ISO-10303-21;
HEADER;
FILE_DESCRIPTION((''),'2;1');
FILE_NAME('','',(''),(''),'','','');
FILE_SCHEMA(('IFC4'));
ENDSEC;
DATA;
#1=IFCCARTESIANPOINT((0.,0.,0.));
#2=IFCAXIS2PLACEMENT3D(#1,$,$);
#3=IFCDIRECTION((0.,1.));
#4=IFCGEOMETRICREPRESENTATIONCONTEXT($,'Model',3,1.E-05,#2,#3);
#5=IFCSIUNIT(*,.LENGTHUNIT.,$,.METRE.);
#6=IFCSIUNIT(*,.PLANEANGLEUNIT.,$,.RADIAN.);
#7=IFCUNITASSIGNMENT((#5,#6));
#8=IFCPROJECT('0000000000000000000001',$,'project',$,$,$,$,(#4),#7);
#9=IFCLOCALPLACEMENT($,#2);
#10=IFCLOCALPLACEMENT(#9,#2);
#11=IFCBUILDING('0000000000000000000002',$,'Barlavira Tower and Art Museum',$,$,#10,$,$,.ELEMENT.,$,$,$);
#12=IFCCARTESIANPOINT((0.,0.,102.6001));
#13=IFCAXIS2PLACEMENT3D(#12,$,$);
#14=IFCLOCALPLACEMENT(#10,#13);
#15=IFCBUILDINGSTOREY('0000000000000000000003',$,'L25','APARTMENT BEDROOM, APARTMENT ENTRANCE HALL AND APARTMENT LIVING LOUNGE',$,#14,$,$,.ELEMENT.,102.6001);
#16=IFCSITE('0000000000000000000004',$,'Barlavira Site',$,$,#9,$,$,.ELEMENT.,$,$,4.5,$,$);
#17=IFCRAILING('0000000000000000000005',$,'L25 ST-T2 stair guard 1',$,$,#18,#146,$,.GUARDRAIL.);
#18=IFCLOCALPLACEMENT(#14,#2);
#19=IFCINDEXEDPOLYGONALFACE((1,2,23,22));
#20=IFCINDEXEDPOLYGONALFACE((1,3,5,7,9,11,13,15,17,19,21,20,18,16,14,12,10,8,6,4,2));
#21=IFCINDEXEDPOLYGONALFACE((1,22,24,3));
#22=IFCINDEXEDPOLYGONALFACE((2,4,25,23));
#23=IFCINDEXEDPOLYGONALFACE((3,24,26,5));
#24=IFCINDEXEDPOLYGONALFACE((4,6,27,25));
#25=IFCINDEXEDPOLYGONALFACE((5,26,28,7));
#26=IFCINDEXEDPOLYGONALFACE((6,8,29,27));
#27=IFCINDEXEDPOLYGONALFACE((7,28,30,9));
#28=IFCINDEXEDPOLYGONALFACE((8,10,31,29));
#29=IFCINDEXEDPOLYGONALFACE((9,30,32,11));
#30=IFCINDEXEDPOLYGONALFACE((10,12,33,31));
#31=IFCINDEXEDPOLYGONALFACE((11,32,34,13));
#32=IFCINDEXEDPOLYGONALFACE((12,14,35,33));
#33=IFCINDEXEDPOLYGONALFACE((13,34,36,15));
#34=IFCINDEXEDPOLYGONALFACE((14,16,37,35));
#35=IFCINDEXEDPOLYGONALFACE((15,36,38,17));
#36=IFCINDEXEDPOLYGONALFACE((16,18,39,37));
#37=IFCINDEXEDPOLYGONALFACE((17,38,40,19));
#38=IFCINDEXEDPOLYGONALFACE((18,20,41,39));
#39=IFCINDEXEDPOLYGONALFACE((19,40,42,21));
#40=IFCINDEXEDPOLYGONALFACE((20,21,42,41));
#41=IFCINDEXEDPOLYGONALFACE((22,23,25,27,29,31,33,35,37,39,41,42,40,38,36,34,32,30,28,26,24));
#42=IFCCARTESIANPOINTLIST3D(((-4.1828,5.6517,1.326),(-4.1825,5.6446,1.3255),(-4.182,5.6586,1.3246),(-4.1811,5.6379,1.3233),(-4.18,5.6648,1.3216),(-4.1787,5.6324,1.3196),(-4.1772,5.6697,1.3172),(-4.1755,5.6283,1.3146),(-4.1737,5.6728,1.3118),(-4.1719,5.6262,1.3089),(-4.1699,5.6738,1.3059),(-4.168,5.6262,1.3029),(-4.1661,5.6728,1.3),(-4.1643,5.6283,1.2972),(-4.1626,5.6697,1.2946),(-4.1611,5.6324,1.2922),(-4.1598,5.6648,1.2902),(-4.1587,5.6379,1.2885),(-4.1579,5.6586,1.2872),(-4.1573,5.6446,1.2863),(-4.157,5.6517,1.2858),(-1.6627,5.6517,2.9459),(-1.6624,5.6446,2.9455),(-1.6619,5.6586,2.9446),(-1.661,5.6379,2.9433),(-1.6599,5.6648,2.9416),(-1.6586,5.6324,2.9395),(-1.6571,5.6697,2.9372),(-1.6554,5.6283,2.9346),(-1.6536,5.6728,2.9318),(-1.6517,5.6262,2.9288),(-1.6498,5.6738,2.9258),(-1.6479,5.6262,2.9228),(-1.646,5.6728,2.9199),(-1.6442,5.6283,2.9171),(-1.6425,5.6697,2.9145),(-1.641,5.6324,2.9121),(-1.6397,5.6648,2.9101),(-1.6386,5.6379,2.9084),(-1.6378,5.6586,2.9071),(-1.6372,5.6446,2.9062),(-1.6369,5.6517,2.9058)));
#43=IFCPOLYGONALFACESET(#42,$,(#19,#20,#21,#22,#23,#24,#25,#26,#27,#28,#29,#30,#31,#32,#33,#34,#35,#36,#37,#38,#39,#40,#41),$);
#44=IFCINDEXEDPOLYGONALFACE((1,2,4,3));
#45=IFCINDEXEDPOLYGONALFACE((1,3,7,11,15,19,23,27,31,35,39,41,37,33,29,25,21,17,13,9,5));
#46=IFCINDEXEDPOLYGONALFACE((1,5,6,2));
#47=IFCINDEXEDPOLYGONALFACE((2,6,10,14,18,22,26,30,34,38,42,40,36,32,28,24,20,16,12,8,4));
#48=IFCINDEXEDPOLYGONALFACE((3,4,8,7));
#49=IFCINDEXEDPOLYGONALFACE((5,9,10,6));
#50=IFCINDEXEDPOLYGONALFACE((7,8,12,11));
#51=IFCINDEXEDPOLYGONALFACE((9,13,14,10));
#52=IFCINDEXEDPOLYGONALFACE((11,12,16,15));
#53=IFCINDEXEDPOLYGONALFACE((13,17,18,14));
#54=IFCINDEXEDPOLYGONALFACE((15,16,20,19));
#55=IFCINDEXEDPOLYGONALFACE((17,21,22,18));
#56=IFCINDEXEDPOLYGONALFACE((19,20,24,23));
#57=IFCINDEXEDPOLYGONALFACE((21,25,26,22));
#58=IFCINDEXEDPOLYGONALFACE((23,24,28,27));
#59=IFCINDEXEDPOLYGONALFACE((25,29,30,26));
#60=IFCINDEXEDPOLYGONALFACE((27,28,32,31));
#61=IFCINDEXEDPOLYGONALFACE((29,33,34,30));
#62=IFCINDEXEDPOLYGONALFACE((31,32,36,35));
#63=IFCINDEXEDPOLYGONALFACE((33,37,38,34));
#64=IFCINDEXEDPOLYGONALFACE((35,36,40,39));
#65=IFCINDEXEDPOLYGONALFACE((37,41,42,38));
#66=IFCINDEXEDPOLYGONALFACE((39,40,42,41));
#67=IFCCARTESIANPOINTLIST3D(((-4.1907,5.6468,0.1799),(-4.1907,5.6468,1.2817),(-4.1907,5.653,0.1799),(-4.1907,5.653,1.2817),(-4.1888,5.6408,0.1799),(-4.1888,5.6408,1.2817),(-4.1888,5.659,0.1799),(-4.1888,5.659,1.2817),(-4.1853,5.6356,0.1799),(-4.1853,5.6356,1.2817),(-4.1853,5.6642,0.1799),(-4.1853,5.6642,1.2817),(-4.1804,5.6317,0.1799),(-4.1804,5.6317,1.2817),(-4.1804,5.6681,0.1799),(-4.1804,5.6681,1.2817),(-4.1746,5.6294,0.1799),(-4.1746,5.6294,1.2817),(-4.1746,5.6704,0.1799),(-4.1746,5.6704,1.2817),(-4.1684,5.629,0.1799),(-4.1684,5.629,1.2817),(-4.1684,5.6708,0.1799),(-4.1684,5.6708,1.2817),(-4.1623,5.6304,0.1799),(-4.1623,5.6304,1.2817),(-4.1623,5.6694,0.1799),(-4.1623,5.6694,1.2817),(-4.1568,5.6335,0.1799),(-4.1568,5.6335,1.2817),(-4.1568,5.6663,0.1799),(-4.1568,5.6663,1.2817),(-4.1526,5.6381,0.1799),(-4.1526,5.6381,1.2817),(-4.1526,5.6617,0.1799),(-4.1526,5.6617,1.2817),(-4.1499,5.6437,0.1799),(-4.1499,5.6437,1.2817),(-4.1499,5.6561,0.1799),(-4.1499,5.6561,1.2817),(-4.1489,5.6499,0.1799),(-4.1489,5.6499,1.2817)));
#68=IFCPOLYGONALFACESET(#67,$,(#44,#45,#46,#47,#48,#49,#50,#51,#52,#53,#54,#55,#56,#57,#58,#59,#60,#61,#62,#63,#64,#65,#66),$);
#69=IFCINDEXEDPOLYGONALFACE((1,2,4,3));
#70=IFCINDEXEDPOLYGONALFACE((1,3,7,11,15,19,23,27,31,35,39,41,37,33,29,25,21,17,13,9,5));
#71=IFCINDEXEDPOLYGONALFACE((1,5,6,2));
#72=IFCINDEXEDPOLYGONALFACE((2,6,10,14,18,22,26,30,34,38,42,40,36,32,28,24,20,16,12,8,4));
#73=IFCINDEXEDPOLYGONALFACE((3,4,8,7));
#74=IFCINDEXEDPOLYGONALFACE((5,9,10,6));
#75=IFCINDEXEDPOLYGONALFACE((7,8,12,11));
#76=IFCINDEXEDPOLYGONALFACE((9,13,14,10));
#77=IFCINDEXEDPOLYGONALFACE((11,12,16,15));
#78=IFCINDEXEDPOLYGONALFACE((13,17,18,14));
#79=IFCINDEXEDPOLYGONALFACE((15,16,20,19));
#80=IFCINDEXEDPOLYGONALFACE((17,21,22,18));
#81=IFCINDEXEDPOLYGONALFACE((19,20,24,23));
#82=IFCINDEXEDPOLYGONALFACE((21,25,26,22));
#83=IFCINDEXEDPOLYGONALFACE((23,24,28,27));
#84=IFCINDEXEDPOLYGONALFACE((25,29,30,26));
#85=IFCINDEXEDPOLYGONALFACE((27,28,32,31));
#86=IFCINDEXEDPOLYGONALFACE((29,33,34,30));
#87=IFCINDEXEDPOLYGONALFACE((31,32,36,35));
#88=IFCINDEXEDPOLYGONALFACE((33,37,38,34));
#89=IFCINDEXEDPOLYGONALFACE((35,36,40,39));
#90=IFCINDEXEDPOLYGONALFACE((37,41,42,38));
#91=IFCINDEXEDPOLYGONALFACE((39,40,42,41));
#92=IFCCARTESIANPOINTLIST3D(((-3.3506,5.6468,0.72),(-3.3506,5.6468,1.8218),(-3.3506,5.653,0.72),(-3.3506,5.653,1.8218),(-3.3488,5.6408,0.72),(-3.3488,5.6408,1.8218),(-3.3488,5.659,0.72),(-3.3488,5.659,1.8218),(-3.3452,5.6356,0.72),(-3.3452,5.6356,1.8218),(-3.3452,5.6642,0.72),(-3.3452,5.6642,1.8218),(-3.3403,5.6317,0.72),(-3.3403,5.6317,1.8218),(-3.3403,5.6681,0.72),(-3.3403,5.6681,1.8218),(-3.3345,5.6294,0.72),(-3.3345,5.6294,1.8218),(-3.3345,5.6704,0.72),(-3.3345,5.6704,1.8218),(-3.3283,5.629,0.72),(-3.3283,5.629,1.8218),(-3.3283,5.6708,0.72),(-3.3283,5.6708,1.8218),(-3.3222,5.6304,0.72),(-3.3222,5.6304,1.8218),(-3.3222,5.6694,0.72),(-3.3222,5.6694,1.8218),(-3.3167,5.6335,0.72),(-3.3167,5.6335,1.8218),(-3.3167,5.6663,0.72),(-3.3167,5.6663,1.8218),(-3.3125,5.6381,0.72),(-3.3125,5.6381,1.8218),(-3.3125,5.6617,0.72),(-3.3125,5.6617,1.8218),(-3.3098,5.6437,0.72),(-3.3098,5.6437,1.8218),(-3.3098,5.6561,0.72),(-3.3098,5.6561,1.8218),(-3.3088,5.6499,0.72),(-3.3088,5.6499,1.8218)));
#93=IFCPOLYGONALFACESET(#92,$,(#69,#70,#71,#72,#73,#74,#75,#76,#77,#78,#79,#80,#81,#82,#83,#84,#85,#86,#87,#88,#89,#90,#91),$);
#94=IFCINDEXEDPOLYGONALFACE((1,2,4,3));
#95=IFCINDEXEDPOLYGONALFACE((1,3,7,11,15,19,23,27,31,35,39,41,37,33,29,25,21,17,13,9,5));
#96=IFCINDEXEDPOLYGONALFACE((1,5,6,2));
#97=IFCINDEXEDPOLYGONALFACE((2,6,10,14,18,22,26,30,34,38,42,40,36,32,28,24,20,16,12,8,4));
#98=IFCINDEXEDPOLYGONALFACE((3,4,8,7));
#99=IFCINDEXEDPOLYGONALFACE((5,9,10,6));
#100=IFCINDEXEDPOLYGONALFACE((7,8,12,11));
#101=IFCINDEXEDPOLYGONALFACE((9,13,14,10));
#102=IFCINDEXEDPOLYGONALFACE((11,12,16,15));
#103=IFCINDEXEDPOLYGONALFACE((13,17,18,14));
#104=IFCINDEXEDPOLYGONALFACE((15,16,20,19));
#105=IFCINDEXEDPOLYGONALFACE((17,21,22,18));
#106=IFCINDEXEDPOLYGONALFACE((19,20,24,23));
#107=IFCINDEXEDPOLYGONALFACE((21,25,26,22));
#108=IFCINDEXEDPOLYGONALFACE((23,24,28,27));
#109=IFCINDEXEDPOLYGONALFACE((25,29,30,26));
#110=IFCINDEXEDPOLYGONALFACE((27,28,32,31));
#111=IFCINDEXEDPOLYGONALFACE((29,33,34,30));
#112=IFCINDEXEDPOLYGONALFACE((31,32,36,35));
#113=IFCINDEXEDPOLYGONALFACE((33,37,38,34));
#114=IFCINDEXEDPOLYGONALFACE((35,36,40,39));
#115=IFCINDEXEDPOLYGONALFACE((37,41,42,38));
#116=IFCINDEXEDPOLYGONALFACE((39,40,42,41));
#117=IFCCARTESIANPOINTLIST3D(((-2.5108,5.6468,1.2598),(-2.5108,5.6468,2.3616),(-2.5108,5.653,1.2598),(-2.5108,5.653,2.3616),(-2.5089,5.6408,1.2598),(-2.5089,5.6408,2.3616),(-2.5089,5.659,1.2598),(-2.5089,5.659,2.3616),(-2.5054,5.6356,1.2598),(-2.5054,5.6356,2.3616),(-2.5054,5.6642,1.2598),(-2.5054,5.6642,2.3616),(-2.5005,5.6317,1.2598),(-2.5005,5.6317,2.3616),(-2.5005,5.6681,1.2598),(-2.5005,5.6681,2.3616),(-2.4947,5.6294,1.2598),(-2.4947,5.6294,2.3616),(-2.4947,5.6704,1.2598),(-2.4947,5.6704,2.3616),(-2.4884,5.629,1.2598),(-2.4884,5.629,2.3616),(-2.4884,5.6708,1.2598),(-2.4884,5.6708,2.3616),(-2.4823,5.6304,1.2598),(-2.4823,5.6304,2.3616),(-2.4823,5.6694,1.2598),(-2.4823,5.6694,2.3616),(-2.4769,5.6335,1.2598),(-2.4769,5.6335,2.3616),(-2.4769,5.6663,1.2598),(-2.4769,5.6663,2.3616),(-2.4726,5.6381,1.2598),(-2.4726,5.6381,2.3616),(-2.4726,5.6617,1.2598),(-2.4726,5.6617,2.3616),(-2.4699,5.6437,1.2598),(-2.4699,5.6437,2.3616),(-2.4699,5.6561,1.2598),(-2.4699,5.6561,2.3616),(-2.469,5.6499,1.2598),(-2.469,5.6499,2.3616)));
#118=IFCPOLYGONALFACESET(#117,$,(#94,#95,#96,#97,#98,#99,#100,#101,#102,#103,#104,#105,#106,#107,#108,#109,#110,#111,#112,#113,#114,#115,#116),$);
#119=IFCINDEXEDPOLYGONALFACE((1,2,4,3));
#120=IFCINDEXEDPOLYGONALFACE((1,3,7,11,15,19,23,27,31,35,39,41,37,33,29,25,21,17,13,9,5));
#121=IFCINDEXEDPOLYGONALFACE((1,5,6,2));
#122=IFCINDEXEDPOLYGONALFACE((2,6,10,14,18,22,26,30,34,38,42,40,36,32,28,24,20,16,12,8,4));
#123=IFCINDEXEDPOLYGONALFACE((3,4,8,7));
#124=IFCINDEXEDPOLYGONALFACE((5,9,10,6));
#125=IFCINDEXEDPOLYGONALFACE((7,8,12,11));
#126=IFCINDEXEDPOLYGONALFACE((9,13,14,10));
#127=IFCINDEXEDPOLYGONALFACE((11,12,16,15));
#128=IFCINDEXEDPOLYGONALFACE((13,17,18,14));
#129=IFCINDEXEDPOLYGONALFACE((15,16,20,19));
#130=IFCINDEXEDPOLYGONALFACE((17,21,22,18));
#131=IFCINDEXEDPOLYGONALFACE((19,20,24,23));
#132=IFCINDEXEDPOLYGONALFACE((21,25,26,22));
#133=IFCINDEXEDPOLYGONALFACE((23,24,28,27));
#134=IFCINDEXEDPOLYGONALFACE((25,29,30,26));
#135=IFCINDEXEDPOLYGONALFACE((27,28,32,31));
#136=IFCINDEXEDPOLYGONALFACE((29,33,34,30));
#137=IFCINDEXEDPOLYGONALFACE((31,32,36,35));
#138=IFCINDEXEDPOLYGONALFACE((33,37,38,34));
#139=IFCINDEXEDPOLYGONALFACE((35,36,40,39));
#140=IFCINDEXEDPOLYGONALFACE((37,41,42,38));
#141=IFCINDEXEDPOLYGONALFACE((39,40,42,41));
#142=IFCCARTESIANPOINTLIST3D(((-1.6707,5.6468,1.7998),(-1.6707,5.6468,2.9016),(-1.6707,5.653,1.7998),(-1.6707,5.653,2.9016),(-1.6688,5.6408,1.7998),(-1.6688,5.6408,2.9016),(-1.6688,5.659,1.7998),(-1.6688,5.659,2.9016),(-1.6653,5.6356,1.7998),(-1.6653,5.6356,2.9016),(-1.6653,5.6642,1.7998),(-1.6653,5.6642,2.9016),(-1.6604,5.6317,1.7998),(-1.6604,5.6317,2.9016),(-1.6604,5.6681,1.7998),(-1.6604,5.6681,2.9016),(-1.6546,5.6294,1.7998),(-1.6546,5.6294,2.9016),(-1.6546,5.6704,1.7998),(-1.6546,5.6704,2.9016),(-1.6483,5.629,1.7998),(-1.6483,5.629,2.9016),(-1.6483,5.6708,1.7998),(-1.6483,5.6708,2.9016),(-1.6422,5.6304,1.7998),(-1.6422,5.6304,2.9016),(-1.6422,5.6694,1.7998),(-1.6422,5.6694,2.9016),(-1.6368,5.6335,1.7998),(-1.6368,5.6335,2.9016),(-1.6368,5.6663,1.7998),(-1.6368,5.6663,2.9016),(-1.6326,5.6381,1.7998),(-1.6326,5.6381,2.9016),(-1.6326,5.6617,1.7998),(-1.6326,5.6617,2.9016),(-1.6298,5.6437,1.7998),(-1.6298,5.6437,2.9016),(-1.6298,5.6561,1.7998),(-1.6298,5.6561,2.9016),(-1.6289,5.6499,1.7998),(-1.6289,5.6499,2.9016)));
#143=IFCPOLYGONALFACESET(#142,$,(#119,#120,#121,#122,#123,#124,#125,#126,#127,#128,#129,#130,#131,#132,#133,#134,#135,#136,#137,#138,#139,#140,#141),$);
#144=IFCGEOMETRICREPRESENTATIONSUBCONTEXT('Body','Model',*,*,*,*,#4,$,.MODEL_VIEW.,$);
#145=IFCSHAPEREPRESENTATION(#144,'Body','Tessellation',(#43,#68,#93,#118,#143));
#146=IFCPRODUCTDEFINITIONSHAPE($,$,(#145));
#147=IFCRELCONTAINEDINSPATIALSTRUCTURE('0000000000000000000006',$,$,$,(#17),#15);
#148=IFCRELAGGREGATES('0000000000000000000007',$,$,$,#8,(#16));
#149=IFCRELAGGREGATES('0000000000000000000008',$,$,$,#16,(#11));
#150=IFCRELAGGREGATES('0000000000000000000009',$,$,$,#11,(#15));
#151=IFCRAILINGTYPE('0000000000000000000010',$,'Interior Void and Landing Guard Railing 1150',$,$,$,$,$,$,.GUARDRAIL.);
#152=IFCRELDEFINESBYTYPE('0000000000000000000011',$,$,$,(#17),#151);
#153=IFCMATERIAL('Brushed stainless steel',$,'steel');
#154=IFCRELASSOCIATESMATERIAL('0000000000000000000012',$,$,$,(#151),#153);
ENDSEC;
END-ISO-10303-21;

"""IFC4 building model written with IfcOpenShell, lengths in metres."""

from ifc_helpers import new_model, si_unit, direction, frame, origin, origin_2d, place, context, subcontext, project, spatial, circle, extrude, material, type_object, element, save


model = new_model("IFC4")

# Units and contexts
model_context = context("Model", 3, precision=1e-05, world=origin(), true_north=direction((0.0, 1.0)))
body_context = subcontext(model_context, "Body", "Model", "MODEL_VIEW")
ifc_project = project(units=[si_unit("LENGTHUNIT", "METRE"), si_unit("PLANEANGLEUNIT", "RADIAN")], contexts=[model_context])

# Site, building, storey
site_placement = place(None, origin())
site = spatial("IfcSite", under=ifc_project, at=site_placement, Name="Barlavira Site", CompositionType="ELEMENT", RefElevation=4.5)
building_placement = place(site_placement, origin())
building = spatial("IfcBuilding", under=site, at=building_placement, Name="Barlavira Tower and Art Museum", CompositionType="ELEMENT")
storey_placement = place(building_placement, frame((0.0, 0.0, 102.6001)))
storey = spatial("IfcBuildingStorey", under=building, at=storey_placement, Name="L25", Description="APARTMENT BEDROOM, APARTMENT ENTRANCE HALL AND APARTMENT LIVING LOUNGE", CompositionType="ELEMENT", Elevation=102.6001)

# Shared definitions
ifc_material_1 = material(Name="Brushed stainless steel", Category="steel")

# Railing
railing_type_1 = type_object("IfcRailingType", Name="Interior Void and Landing Guard Railing 1150", PredefinedType="GUARDRAIL", material=ifc_material_1)
railing_1_placement = place(storey_placement, frame((-4.1699, 5.6499, 0.1799)))
element("IfcRailing", 1, at=railing_1_placement, inside=storey, type_object=railing_type_1, Name="L25 ST-T2 stair guard 1", PredefinedType="GUARDRAIL", context=body_context, shape_type="SweptSolid", body=[
    extrude(circle(Radius=0.0239, at=origin_2d()), frame((0.0, 0.0, 1.126), z_axis=(0.8412, 0.0, 0.540725), x_axis=(0.0, 1.0, 0.0)), (0.0, 0.0, 1.0), 2.9958),
    extrude(circle(Radius=0.021, at=origin_2d()), origin(), (0.0, 0.0, 1.0), 1.1018),
    extrude(circle(Radius=0.021, at=origin_2d()), frame((0.8401, 0.0, 0.54)), (0.0, 0.0, 1.0), 1.1018),
    extrude(circle(Radius=0.021, at=origin_2d()), frame((1.6799, 0.0, 1.0798)), (0.0, 0.0, 1.0), 1.1018),
    extrude(circle(Radius=0.021, at=origin_2d()), frame((2.52, 0.0, 1.6199)), (0.0, 0.0, 1.0), 1.1018),
])

save(model, "model.ifc")
